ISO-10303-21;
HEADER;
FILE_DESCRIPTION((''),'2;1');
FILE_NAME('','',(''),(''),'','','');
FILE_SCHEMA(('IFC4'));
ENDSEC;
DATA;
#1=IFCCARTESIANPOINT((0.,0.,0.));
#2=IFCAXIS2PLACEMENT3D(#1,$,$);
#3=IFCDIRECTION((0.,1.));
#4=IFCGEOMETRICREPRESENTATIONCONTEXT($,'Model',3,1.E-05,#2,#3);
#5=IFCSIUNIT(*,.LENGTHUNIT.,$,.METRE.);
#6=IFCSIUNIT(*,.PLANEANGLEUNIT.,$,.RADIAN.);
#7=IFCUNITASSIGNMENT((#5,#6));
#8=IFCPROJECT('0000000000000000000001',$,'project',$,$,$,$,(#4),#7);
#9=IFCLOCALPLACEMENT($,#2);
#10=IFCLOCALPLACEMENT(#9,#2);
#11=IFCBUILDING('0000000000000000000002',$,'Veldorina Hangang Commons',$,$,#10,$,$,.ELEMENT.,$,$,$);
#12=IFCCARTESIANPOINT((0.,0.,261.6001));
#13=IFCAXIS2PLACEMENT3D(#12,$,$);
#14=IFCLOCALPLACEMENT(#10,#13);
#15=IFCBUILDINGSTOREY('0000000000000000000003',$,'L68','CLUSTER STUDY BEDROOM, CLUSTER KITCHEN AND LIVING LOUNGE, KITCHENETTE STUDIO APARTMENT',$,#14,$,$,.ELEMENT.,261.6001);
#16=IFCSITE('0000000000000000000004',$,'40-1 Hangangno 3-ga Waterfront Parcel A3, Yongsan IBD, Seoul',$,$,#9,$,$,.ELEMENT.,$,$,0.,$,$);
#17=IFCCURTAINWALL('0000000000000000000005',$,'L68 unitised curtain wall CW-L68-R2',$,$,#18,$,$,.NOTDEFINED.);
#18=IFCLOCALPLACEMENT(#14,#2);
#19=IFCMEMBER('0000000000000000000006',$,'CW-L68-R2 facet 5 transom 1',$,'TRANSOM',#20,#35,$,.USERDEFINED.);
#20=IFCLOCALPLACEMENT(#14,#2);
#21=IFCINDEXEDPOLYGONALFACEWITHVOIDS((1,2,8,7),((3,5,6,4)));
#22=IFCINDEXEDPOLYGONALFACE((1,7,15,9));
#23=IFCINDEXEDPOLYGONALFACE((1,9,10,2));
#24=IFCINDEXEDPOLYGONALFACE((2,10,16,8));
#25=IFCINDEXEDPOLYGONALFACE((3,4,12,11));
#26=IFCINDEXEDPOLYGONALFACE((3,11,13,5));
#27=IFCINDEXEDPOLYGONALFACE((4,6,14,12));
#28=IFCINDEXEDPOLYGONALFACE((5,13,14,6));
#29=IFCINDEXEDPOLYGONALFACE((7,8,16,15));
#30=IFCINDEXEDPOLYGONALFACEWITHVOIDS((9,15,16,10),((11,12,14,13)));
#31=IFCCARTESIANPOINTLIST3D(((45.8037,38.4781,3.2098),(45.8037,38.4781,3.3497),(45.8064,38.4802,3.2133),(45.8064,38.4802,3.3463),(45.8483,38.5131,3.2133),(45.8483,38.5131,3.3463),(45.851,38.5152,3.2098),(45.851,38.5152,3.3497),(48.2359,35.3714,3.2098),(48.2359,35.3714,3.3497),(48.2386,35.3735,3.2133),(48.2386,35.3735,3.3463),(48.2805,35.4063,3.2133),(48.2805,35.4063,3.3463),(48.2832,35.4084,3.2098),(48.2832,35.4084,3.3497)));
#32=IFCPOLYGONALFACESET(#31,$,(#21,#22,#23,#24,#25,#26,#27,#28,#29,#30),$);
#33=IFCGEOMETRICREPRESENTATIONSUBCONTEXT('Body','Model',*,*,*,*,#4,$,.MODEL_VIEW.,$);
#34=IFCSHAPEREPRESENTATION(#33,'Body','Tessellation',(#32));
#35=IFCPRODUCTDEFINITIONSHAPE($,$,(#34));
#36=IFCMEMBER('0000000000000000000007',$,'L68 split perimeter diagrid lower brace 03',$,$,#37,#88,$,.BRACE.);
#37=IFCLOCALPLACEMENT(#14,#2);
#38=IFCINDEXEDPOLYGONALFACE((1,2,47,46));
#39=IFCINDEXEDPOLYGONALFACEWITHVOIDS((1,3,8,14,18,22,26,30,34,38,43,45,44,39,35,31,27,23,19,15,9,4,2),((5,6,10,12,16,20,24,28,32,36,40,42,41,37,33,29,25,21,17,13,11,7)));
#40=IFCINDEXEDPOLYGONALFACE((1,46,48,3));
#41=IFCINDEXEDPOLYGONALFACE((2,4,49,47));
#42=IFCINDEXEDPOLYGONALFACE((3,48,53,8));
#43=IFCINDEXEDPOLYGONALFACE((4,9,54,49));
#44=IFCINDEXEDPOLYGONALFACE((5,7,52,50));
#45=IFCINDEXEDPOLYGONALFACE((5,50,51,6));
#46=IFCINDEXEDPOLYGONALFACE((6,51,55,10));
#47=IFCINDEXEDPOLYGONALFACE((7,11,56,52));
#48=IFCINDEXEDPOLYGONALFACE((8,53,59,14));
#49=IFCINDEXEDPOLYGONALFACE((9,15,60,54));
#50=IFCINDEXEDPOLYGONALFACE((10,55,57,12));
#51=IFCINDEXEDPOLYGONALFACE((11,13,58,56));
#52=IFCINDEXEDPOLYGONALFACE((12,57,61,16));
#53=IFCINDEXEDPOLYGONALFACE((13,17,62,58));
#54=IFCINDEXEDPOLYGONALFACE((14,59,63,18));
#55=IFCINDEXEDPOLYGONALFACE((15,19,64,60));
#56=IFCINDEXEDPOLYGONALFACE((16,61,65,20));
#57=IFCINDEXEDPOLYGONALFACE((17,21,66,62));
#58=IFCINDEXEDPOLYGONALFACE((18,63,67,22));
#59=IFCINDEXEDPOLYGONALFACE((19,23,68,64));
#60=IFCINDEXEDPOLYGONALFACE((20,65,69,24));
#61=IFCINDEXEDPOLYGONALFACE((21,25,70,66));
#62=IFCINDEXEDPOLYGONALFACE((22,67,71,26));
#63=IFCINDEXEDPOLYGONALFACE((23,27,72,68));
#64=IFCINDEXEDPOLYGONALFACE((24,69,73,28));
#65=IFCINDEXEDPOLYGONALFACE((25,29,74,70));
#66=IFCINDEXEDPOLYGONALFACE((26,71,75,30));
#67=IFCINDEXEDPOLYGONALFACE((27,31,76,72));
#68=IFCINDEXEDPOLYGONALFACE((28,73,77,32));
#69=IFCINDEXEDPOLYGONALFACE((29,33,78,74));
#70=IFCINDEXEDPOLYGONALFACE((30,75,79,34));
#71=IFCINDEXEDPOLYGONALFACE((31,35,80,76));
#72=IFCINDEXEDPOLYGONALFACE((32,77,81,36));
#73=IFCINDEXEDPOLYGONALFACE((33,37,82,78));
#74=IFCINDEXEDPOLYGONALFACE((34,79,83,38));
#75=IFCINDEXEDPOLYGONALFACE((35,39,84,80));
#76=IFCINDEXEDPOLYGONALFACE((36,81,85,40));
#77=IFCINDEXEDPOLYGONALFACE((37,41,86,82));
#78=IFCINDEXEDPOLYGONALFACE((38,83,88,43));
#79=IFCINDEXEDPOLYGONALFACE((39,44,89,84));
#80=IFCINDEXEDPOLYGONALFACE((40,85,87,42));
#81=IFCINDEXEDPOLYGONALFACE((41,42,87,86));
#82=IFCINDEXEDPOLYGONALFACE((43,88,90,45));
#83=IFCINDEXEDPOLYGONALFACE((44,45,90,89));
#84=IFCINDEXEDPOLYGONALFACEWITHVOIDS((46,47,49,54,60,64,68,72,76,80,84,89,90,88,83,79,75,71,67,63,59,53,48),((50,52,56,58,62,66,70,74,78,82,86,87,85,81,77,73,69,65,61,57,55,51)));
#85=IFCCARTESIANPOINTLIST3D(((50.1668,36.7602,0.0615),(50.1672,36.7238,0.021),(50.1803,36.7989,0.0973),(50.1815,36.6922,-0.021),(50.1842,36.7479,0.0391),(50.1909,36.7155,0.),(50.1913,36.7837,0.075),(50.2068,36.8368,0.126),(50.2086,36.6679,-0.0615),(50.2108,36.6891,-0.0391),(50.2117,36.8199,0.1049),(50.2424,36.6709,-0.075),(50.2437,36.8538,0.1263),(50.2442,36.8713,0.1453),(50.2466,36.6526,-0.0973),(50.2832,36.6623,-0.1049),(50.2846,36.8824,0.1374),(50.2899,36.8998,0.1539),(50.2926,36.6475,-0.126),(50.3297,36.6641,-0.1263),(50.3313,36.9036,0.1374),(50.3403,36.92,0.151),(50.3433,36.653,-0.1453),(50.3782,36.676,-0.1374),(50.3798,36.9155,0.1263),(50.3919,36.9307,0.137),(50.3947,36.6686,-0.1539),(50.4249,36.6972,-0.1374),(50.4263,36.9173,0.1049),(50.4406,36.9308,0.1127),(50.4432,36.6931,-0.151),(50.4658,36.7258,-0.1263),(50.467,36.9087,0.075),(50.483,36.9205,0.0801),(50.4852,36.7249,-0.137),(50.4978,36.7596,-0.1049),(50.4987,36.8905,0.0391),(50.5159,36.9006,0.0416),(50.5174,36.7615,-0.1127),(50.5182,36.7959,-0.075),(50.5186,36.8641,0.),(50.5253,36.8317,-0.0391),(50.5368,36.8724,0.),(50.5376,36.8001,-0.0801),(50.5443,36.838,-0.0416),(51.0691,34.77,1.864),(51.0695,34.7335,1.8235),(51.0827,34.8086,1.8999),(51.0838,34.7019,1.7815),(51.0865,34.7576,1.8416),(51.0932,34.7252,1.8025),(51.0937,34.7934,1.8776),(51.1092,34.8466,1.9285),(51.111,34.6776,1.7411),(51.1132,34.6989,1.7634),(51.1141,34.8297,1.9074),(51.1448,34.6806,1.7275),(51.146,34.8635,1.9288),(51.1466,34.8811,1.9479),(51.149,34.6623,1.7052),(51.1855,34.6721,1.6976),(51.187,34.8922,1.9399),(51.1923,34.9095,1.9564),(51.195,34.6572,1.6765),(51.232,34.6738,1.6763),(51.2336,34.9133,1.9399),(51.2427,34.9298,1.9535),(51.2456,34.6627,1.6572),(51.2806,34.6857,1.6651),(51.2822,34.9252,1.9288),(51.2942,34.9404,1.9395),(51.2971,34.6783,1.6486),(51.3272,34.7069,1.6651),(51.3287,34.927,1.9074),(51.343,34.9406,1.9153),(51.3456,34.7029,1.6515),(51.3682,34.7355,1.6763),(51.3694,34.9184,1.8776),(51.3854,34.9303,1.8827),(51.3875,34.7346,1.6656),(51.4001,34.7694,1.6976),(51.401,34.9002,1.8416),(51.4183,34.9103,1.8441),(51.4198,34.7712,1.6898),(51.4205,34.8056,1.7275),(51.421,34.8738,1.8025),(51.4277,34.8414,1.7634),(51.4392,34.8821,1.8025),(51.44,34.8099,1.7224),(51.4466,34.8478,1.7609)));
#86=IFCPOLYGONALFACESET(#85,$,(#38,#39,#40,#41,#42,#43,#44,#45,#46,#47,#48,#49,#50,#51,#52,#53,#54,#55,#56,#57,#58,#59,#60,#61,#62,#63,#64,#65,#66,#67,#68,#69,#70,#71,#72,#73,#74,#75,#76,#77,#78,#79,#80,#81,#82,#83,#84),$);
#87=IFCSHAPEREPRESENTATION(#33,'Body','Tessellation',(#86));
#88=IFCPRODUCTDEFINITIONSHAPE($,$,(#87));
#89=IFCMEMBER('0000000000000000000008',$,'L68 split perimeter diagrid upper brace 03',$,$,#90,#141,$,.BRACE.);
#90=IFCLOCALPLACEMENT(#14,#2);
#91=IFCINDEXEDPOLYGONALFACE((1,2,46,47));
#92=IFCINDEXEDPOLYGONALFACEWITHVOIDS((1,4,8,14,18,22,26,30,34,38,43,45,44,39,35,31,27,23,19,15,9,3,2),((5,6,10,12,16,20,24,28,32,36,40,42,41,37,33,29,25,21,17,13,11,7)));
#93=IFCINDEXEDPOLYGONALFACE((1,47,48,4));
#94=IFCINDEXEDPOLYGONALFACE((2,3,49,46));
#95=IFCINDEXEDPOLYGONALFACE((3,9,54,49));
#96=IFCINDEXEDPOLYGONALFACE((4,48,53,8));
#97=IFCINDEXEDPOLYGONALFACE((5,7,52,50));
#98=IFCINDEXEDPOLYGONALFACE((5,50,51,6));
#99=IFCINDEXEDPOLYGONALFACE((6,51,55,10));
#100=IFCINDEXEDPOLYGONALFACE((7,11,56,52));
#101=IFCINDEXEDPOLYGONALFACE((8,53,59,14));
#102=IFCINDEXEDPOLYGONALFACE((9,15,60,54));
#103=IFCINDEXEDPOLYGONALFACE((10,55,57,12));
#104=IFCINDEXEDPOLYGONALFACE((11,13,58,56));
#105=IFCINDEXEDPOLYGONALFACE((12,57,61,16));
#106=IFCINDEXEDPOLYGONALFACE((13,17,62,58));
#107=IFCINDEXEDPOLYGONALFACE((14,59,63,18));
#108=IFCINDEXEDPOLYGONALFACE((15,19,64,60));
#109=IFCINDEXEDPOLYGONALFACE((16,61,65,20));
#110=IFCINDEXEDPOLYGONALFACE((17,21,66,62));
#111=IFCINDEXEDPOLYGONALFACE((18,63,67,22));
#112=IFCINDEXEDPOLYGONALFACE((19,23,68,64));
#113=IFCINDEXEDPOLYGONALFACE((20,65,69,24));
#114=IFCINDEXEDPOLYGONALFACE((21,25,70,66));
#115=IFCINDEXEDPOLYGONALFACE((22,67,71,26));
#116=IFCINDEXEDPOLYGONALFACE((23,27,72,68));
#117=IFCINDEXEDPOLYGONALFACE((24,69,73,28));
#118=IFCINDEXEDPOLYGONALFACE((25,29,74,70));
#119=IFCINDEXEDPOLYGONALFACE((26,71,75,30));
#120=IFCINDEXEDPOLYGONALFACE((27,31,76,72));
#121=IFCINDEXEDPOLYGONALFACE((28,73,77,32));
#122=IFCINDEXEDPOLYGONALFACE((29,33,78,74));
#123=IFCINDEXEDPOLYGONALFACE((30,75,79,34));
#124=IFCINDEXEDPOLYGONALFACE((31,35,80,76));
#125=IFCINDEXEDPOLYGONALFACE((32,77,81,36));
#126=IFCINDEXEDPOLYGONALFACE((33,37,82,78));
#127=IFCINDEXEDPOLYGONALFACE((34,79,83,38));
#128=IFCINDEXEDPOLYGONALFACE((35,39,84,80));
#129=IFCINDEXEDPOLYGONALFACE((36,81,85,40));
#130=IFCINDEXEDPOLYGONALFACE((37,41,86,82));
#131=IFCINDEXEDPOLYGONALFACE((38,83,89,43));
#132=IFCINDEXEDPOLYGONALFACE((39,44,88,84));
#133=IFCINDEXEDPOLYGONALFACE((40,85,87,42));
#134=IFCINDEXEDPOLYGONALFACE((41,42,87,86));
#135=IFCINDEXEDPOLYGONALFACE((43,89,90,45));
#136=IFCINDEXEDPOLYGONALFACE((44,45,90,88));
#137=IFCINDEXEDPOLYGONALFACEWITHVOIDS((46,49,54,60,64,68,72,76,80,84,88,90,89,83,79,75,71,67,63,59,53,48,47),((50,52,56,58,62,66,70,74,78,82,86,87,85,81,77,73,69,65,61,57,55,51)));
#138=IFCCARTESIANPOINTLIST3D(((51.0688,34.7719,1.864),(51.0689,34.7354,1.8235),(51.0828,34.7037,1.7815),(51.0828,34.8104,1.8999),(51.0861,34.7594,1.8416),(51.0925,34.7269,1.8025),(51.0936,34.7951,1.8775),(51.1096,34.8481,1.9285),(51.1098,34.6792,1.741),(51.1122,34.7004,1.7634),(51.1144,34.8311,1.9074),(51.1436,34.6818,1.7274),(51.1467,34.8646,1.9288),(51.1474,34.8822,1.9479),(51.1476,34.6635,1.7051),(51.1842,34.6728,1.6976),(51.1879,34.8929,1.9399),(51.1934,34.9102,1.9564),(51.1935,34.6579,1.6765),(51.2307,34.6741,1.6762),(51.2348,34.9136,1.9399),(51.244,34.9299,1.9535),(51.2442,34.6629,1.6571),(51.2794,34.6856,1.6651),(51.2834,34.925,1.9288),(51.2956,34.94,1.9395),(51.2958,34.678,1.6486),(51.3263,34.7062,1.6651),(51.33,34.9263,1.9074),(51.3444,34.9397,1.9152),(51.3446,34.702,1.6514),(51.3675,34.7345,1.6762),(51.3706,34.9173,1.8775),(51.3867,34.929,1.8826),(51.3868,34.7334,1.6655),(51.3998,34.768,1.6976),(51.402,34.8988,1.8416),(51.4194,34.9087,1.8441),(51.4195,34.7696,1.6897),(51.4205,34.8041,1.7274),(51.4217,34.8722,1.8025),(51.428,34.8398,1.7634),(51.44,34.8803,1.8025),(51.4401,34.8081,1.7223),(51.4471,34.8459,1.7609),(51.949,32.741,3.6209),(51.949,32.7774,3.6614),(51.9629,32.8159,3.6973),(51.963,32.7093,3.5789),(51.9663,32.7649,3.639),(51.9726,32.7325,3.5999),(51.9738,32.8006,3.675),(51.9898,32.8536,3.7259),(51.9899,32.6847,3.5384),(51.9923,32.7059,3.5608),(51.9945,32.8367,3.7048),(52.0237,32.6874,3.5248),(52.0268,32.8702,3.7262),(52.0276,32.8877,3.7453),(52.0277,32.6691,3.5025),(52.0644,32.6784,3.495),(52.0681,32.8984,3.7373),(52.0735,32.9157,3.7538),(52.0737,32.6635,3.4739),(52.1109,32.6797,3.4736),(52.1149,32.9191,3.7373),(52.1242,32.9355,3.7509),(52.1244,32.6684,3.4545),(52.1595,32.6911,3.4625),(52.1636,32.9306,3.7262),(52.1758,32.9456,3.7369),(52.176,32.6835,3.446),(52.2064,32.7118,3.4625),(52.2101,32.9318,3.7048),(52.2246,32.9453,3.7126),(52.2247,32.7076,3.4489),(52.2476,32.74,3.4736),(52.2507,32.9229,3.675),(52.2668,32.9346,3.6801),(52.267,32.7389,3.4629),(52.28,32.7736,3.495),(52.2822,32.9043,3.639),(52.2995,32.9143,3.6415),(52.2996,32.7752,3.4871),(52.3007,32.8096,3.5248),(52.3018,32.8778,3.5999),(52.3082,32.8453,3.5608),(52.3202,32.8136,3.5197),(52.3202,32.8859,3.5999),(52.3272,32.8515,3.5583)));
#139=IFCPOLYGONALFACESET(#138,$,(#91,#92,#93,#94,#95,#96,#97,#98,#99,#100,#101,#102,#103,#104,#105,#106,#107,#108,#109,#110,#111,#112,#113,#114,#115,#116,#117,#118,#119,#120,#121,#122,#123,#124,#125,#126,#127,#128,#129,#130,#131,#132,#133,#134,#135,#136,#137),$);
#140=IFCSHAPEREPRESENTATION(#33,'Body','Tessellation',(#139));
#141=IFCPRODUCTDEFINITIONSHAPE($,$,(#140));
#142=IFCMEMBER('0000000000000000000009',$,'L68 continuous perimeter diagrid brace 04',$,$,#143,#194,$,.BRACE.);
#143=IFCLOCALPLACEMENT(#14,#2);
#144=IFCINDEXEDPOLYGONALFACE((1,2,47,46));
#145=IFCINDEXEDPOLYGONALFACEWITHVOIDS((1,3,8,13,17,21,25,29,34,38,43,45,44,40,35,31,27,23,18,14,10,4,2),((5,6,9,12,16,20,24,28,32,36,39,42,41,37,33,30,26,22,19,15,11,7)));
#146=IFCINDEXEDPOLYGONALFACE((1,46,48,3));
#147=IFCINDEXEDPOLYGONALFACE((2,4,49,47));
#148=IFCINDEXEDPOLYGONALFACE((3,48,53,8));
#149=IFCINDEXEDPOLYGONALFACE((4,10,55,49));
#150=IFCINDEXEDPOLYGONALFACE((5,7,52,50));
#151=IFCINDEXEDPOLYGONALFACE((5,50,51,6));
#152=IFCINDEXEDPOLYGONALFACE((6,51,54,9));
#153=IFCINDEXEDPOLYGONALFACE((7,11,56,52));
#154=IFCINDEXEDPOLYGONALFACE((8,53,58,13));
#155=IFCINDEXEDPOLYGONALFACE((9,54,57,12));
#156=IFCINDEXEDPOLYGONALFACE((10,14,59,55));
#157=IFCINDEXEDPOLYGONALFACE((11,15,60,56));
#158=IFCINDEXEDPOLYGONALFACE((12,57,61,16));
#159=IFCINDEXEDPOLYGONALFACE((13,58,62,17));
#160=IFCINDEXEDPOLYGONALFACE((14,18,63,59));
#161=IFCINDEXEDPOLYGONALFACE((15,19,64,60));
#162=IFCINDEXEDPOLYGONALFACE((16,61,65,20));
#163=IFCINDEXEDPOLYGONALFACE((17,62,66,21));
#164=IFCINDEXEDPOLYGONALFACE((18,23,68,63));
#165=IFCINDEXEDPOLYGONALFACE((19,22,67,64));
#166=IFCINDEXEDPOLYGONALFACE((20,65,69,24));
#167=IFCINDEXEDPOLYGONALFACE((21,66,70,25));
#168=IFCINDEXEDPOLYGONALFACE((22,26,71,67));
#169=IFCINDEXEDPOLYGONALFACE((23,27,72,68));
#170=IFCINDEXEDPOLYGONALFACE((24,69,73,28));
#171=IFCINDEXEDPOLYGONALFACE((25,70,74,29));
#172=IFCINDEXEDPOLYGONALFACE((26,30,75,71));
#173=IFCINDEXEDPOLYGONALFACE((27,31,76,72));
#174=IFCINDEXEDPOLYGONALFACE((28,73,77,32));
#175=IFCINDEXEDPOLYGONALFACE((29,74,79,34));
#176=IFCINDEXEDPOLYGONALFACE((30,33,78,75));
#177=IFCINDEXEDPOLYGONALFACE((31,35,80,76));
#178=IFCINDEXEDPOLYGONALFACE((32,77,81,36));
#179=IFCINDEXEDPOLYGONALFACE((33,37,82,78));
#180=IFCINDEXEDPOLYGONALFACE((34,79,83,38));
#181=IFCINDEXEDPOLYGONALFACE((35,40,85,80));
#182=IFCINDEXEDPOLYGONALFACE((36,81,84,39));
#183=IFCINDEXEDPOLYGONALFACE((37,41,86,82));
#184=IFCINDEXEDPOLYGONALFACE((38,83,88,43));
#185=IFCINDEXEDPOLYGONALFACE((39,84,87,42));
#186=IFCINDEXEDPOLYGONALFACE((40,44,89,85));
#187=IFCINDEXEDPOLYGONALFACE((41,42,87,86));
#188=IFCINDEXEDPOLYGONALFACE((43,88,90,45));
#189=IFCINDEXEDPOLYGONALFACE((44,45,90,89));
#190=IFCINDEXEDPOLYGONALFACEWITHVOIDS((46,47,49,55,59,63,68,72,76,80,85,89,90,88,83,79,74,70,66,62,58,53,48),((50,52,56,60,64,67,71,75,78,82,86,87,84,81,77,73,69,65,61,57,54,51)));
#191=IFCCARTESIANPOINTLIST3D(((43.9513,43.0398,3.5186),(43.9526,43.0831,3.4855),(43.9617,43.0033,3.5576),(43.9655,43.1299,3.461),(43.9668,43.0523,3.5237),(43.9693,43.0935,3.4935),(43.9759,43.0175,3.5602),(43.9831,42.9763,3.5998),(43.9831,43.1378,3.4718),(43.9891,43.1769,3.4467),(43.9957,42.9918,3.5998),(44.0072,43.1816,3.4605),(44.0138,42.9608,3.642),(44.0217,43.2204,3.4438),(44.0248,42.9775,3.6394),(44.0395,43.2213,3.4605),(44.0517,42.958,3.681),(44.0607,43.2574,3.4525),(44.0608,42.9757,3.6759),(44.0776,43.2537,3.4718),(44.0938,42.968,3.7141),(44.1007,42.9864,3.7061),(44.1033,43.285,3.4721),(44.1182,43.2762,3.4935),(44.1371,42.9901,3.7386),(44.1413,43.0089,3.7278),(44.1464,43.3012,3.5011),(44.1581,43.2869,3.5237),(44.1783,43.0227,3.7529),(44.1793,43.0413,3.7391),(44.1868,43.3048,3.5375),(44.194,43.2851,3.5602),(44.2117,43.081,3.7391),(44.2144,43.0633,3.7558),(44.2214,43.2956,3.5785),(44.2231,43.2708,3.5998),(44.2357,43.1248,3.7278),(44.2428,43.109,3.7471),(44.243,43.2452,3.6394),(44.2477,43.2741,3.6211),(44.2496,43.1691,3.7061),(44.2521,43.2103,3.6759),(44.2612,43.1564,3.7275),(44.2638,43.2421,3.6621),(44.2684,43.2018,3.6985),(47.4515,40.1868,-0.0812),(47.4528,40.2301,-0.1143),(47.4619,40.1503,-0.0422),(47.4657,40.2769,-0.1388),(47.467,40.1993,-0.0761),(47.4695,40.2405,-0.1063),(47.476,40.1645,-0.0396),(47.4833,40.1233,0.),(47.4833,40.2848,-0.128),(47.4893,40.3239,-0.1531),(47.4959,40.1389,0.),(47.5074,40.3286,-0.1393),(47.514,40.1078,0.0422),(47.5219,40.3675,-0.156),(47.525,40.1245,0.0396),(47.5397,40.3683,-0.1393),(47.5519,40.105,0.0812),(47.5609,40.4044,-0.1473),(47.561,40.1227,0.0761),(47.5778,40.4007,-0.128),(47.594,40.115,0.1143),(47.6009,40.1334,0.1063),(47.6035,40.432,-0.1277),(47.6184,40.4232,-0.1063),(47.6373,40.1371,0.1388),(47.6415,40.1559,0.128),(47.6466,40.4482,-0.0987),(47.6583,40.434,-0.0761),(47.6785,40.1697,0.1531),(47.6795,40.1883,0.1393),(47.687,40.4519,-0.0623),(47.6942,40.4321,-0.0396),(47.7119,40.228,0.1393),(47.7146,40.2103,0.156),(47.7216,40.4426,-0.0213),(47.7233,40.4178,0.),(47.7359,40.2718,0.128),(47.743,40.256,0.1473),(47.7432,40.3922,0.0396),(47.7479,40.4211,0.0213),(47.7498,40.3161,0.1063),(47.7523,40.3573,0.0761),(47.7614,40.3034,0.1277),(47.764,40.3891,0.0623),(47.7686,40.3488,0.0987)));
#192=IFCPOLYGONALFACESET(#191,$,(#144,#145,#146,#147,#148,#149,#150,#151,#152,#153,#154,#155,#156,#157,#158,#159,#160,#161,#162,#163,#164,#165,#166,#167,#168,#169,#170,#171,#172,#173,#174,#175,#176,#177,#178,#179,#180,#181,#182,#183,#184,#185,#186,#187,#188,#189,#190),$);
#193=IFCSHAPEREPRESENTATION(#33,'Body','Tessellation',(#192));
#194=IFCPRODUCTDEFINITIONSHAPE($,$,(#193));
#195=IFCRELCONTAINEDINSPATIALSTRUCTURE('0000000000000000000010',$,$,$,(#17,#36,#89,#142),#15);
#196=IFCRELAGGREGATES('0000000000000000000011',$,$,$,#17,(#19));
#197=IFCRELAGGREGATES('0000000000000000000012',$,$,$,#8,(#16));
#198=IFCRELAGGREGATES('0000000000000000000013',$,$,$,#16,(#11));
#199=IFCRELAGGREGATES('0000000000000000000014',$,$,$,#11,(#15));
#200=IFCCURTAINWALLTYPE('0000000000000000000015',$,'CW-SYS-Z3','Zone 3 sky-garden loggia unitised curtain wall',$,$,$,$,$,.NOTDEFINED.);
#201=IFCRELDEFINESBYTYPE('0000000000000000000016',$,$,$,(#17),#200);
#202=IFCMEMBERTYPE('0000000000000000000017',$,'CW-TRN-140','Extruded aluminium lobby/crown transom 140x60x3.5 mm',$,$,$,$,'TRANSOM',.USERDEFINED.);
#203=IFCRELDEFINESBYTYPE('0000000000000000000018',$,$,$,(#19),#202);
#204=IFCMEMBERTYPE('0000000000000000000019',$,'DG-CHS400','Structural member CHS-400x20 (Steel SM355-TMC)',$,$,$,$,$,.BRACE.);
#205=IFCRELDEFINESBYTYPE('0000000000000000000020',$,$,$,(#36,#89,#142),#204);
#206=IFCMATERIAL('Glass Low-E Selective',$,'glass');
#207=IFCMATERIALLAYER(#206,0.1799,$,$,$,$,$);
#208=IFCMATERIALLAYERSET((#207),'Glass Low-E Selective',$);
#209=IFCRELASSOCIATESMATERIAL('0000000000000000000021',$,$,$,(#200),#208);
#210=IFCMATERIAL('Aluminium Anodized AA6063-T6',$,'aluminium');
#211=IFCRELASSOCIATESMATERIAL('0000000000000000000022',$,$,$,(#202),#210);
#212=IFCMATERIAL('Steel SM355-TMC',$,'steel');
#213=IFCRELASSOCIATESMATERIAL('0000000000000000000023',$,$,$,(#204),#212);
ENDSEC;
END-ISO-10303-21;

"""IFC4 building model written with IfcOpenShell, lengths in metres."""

from ifc_helpers import new_model, si_unit, direction, frame, origin, origin_2d, place, context, subcontext, project, spatial, hollow_rectangle, hollow_circle, extrude, material, layer, layer_set, material_profile, profile_set, type_object, element, aggregate, save


model = new_model("IFC4")

# Units and contexts
model_context = context("Model", 3, precision=1e-05, world=origin(), true_north=direction((0.0, 1.0)))
body_context = subcontext(model_context, "Body", "Model", "MODEL_VIEW")
ifc_project = project(units=[si_unit("LENGTHUNIT", "METRE"), si_unit("PLANEANGLEUNIT", "RADIAN")], contexts=[model_context])

# Site, building, storey
site_placement = place(None, origin())
site = spatial("IfcSite", under=ifc_project, at=site_placement, Name="40-1 Hangangno 3-ga Waterfront Parcel A3, Yongsan IBD, Seoul", CompositionType="ELEMENT", RefElevation=0.0)
building_placement = place(site_placement, origin())
building = spatial("IfcBuilding", under=site, at=building_placement, Name="Veldorina Hangang Commons", CompositionType="ELEMENT")
storey_placement = place(building_placement, frame((0.0, 0.0, 261.6001)))
storey = spatial("IfcBuildingStorey", under=building, at=storey_placement, Name="L68", Description="CLUSTER STUDY BEDROOM, CLUSTER KITCHEN AND LIVING LOUNGE, KITCHENETTE STUDIO APARTMENT", CompositionType="ELEMENT", Elevation=261.6001)

# Shared definitions
ifc_material_1 = material(Name="Steel SM355-TMC", Category="steel")

# Curtain wall, member
ifc_material_2 = material(Name="Glass Low-E Selective", Category="glass")
ifc_layer_1 = layer(ifc_material_2, 0.1799)
ifc_layer_set_1 = layer_set([ifc_layer_1], Name="Glass Low-E Selective")
curtain_wall_type = type_object("IfcCurtainWallType", Name="CW-SYS-Z3", Description="Zone 3 sky-garden loggia unitised curtain wall", PredefinedType="NOTDEFINED", material=ifc_layer_set_1)
curtain_wall_placement = place(storey_placement, origin())
curtain_wall = element("IfcCurtainWall", 1, at=curtain_wall_placement, inside=storey, type_object=curtain_wall_type, Name="L68 unitised curtain wall CW-L68-R2", PredefinedType="NOTDEFINED")
ifc_material_3 = material(Name="Aluminium Anodized AA6063-T6", Category="aluminium")
ifc_material_profile_1 = material_profile(ifc_material_3, hollow_rectangle(XDim=0.0601, YDim=0.1399, WallThickness=0.0034, at=origin_2d()), Name="ALU-RHS-140x60x3.5")
ifc_profile_set_1 = profile_set([ifc_material_profile_1], Name="Aluminium Anodized AA6063-T6")
member_type_1 = type_object("IfcMemberType", Name="CW-TRN-140", Description="Extruded aluminium lobby/crown transom 140x60x3.5 mm", ElementType="TRANSOM", PredefinedType="USERDEFINED", material=ifc_profile_set_1)
member_1_placement = place(storey_placement, frame((48.2595, 35.3899, 3.2798), z_axis=(-0.616435, 0.787406, 0.0), x_axis=(-0.787406, -0.616435, 0.0)))
member_1 = element("IfcMember", 2, at=member_1_placement, type_object=member_type_1, Name="CW-L68-R2 facet 5 transom 1", ObjectType="TRANSOM", PredefinedType="USERDEFINED", context=body_context, shape_type="SweptSolid", body=[
    extrude(hollow_rectangle(XDim=0.0601, YDim=0.1399, WallThickness=0.0034, at=origin_2d()), origin(), (0.0, 0.0, 1.0), 3.9456),
])

# Members
ifc_material_profile_2 = material_profile(ifc_material_1, hollow_circle(Radius=0.2, WallThickness=0.02, at=origin_2d()), Name="CHS-400x20")
ifc_profile_set_2 = profile_set([ifc_material_profile_2], Name="Steel SM355-TMC")
member_type_2 = type_object("IfcMemberType", Name="DG-CHS400", Description="Structural member CHS-400x20 (Steel SM355-TMC)", PredefinedType="BRACE", material=ifc_profile_set_2)
member_2_placement = place(storey_placement, frame((50.3547, 36.7898, 0.0), z_axis=(0.318545, -0.702591, 0.636314), x_axis=(0.910764, 0.412927, 0.0)))
element("IfcMember", 3, at=member_2_placement, inside=storey, type_object=member_type_2, Name="L68 split perimeter diagrid lower brace 03", PredefinedType="BRACE", context=body_context, shape_type="SweptSolid", body=[
    extrude(hollow_circle(Radius=0.2, WallThickness=0.02, at=origin_2d()), origin(), (0.0, 0.0, 1.0), 2.8328),
])
member_3_placement = place(storey_placement, frame((51.2571, 34.7996, 1.8025), z_axis=(0.311509, -0.705885, 0.636152), x_axis=(0.914875, 0.403737, 0.0)))
element("IfcMember", 4, at=member_3_placement, inside=storey, type_object=member_type_2, Name="L68 split perimeter diagrid upper brace 03", PredefinedType="BRACE", context=body_context, shape_type="SweptSolid", body=[
    extrude(hollow_circle(Radius=0.2, WallThickness=0.02, at=origin_2d()), origin(), (0.0, 0.0, 1.0), 2.8254),
])
member_4_placement = place(storey_placement, frame((47.6096, 40.2783, 0.0), z_axis=(-0.606105, 0.494032, 0.623353), x_axis=(-0.631803, -0.775129, 0.0)))
element("IfcMember", 5, at=member_4_placement, inside=storey, type_object=member_type_2, Name="L68 continuous perimeter diagrid brace 04", PredefinedType="BRACE", context=body_context, shape_type="SweptSolid", body=[
    extrude(hollow_circle(Radius=0.2, WallThickness=0.02, at=origin_2d()), origin(), (0.0, 0.0, 1.0), 5.7749),
])

aggregate(curtain_wall, [member_1])

save(model, "model.ifc")
